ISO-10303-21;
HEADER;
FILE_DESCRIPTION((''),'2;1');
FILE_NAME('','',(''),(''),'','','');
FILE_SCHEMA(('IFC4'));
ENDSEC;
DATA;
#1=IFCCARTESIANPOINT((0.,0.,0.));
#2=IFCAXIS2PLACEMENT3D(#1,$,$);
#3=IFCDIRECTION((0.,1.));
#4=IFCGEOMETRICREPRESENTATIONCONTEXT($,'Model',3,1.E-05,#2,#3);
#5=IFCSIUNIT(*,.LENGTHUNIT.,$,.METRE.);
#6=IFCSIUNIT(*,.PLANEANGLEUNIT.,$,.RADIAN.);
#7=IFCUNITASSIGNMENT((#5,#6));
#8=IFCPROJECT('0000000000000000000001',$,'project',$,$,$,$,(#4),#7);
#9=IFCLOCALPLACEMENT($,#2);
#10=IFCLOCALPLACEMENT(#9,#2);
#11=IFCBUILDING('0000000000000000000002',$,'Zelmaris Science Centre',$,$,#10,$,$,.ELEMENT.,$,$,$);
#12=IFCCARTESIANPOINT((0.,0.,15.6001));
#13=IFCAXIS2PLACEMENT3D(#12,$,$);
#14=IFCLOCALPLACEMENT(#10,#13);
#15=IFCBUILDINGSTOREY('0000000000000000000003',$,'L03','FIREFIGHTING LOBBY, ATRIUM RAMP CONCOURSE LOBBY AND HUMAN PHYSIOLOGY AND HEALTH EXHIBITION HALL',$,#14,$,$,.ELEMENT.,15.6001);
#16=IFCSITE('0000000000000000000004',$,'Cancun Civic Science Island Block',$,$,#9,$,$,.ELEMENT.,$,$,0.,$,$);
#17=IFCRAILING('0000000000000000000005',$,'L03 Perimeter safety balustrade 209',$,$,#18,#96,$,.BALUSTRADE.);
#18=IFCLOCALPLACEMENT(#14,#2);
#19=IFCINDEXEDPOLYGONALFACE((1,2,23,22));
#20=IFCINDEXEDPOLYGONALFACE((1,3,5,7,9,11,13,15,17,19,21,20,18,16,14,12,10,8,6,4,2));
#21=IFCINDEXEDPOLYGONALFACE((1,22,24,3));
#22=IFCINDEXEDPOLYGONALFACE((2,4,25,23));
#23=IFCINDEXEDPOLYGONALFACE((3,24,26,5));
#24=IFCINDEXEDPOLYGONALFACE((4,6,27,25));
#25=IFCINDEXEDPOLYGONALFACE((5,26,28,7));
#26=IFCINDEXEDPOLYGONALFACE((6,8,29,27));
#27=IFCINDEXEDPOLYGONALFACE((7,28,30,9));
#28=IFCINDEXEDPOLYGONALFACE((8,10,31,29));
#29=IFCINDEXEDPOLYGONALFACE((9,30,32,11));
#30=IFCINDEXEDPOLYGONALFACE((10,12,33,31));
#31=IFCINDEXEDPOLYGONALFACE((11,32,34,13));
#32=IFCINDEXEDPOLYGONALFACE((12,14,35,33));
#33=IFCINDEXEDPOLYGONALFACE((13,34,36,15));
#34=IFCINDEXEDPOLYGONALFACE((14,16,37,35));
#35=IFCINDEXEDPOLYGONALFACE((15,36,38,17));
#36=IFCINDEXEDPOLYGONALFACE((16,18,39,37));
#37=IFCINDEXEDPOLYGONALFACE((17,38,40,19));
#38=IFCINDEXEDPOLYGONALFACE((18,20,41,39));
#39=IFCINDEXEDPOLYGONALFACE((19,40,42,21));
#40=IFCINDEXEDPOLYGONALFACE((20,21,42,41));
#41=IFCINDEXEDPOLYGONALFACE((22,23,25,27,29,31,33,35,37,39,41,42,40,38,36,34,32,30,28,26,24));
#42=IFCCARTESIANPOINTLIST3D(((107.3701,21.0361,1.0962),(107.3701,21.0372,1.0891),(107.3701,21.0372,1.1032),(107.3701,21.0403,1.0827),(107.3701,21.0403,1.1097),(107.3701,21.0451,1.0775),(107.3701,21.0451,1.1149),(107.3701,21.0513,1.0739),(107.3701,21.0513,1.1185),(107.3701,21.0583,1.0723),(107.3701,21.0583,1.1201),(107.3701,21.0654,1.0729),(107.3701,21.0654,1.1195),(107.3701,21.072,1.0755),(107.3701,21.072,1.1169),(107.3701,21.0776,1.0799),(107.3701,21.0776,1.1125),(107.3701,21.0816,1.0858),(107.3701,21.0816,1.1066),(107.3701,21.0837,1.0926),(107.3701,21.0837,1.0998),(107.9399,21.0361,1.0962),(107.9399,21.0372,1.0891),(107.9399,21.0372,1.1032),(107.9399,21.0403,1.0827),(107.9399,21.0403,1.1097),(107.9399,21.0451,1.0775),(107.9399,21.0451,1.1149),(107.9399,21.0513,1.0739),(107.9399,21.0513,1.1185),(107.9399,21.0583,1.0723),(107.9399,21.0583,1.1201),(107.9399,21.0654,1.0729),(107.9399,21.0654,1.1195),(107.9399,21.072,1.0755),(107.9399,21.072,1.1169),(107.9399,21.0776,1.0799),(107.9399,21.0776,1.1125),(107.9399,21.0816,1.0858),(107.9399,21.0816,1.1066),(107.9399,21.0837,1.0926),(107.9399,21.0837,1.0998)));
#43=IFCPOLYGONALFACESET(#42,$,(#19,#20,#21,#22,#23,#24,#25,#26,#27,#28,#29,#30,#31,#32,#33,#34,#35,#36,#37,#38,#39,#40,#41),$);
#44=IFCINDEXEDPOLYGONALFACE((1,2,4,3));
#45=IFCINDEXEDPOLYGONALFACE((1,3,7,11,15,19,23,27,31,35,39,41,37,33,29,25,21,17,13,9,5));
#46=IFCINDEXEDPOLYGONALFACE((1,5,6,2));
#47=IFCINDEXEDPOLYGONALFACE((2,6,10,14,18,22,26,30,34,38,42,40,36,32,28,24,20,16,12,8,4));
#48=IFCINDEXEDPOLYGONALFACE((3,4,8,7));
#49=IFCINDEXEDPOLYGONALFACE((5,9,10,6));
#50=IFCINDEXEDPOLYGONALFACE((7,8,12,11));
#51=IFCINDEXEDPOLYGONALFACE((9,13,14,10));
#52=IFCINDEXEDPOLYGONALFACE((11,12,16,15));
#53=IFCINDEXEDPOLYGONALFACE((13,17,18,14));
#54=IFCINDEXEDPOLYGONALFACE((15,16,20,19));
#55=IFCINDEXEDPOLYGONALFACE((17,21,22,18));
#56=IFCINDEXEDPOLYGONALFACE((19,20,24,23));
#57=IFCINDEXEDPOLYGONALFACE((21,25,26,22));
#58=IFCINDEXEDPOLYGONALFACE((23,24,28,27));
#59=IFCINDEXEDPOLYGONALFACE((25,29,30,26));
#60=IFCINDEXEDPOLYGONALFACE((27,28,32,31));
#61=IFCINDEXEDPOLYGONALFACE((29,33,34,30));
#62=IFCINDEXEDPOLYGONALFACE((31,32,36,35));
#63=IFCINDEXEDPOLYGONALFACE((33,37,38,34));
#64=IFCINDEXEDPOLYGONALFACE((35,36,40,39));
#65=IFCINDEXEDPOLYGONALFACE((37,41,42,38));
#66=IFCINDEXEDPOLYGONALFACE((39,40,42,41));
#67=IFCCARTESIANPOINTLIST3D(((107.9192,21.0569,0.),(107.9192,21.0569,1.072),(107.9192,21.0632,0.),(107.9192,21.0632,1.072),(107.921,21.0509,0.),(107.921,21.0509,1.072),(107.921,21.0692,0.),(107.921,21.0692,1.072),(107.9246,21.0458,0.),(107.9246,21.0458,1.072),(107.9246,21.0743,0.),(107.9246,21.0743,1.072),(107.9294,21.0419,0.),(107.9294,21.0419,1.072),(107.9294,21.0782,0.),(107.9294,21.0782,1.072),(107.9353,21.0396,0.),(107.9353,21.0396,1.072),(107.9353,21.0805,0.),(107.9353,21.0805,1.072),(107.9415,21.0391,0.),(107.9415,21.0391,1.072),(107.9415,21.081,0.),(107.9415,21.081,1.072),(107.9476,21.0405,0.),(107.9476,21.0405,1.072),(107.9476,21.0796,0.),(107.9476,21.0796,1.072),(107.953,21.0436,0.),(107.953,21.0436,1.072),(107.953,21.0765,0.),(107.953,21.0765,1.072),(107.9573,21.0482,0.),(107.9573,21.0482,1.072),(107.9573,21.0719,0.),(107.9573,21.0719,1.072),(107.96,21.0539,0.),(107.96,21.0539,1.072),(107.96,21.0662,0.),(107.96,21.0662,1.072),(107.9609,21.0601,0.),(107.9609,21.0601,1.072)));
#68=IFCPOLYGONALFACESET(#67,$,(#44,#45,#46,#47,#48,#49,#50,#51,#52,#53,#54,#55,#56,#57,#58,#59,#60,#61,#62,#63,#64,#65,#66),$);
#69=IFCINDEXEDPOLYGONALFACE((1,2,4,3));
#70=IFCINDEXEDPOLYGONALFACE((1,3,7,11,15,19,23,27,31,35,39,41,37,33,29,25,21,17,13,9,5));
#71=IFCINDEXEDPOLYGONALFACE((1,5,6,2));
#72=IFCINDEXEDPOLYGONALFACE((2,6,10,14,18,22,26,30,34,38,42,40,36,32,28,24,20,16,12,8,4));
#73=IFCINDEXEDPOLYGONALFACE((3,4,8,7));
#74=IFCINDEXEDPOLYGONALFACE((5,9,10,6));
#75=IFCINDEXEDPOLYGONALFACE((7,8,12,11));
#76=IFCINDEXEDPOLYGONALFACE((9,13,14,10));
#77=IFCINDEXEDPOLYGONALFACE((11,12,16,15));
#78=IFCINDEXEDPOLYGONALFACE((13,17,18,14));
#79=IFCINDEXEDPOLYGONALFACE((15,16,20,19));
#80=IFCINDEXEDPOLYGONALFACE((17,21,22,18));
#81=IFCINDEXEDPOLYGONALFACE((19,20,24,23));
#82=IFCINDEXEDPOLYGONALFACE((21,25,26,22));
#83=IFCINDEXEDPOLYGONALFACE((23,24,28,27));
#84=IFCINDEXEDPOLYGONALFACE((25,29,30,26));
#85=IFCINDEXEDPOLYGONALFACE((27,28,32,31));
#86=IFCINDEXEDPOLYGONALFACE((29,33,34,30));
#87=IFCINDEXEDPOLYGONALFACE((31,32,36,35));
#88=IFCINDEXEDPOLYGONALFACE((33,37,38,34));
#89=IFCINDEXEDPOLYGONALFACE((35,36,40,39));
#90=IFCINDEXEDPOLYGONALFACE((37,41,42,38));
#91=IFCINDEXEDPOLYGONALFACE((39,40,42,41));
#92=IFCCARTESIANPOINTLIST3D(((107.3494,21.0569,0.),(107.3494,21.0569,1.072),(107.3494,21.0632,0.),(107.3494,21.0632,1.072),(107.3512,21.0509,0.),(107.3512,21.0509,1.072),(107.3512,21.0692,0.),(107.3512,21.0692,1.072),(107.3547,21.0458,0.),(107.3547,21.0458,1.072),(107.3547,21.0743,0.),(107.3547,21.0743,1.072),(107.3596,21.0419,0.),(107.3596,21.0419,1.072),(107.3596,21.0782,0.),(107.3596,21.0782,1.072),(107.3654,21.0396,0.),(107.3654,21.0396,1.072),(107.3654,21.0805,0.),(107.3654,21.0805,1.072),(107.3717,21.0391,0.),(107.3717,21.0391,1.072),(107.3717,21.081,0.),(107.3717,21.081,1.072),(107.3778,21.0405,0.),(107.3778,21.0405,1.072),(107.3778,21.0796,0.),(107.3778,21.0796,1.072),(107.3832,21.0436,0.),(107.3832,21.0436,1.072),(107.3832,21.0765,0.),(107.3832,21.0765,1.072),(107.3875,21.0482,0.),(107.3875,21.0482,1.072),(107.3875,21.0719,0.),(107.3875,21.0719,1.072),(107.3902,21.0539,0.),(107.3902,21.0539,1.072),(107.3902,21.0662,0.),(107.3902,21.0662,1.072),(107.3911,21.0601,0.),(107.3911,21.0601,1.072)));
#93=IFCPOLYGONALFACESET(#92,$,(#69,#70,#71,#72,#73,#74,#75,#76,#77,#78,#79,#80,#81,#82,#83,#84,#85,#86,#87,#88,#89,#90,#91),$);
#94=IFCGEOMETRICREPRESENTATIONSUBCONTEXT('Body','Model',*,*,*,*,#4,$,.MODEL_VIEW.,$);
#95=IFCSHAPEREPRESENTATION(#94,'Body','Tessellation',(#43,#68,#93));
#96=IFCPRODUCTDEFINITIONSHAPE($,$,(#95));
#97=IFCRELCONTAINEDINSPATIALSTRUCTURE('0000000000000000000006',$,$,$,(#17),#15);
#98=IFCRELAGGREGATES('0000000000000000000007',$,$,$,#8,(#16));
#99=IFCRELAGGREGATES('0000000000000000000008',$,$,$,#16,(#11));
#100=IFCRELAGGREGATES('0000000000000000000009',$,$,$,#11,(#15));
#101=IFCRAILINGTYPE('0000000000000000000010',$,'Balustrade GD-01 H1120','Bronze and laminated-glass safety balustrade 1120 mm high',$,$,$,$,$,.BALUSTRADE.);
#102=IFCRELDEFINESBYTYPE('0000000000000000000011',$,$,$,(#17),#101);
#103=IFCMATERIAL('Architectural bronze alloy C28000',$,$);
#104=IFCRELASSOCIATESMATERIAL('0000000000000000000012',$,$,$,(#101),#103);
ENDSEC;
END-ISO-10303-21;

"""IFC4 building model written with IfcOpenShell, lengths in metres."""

from ifc_helpers import new_model, si_unit, direction, frame, origin, origin_2d, place, context, subcontext, project, spatial, circle, extrude, material, type_object, element, save


model = new_model("IFC4")

# Units and contexts
model_context = context("Model", 3, precision=1e-05, world=origin(), true_north=direction((0.0, 1.0)))
body_context = subcontext(model_context, "Body", "Model", "MODEL_VIEW")
ifc_project = project(units=[si_unit("LENGTHUNIT", "METRE"), si_unit("PLANEANGLEUNIT", "RADIAN")], contexts=[model_context])

# Site, building, storey
site_placement = place(None, origin())
site = spatial("IfcSite", under=ifc_project, at=site_placement, Name="Cancun Civic Science Island Block", CompositionType="ELEMENT", RefElevation=0.0)
building_placement = place(site_placement, origin())
building = spatial("IfcBuilding", under=site, at=building_placement, Name="Zelmaris Science Centre", CompositionType="ELEMENT")
storey_placement = place(building_placement, frame((0.0, 0.0, 15.6001)))
storey = spatial("IfcBuildingStorey", under=building, at=storey_placement, Name="L03", Description="FIREFIGHTING LOBBY, ATRIUM RAMP CONCOURSE LOBBY AND HUMAN PHYSIOLOGY AND HEALTH EXHIBITION HALL", CompositionType="ELEMENT", Elevation=15.6001)

# Railing
ifc_material_1 = material(Name="Architectural bronze alloy C28000")
railing_type = type_object("IfcRailingType", Name="Balustrade GD-01 H1120", Description="Bronze and laminated-glass safety balustrade 1120 mm high", PredefinedType="BALUSTRADE", material=ifc_material_1)
railing_1_placement = place(storey_placement, frame((107.9399, 21.0601, 0.0)))
element("IfcRailing", 1, at=railing_1_placement, inside=storey, type_object=railing_type, Name="L03 Perimeter safety balustrade 209", PredefinedType="BALUSTRADE", context=body_context, shape_type="SweptSolid", body=[
    extrude(circle(Radius=0.0239, at=origin_2d()), frame((0.0, 0.0, 1.0962), z_axis=(-1.0, 0.0, 0.0), x_axis=(0.0, -1.0, 0.0)), (0.0, 0.0, 1.0), 0.5698),
    extrude(circle(Radius=0.021, at=origin_2d()), origin(), (0.0, 0.0, 1.0), 1.072),
    extrude(circle(Radius=0.021, at=origin_2d()), frame((-0.5698, 0.0, 0.0)), (0.0, 0.0, 1.0), 1.072),
])

save(model, "model.ifc")
